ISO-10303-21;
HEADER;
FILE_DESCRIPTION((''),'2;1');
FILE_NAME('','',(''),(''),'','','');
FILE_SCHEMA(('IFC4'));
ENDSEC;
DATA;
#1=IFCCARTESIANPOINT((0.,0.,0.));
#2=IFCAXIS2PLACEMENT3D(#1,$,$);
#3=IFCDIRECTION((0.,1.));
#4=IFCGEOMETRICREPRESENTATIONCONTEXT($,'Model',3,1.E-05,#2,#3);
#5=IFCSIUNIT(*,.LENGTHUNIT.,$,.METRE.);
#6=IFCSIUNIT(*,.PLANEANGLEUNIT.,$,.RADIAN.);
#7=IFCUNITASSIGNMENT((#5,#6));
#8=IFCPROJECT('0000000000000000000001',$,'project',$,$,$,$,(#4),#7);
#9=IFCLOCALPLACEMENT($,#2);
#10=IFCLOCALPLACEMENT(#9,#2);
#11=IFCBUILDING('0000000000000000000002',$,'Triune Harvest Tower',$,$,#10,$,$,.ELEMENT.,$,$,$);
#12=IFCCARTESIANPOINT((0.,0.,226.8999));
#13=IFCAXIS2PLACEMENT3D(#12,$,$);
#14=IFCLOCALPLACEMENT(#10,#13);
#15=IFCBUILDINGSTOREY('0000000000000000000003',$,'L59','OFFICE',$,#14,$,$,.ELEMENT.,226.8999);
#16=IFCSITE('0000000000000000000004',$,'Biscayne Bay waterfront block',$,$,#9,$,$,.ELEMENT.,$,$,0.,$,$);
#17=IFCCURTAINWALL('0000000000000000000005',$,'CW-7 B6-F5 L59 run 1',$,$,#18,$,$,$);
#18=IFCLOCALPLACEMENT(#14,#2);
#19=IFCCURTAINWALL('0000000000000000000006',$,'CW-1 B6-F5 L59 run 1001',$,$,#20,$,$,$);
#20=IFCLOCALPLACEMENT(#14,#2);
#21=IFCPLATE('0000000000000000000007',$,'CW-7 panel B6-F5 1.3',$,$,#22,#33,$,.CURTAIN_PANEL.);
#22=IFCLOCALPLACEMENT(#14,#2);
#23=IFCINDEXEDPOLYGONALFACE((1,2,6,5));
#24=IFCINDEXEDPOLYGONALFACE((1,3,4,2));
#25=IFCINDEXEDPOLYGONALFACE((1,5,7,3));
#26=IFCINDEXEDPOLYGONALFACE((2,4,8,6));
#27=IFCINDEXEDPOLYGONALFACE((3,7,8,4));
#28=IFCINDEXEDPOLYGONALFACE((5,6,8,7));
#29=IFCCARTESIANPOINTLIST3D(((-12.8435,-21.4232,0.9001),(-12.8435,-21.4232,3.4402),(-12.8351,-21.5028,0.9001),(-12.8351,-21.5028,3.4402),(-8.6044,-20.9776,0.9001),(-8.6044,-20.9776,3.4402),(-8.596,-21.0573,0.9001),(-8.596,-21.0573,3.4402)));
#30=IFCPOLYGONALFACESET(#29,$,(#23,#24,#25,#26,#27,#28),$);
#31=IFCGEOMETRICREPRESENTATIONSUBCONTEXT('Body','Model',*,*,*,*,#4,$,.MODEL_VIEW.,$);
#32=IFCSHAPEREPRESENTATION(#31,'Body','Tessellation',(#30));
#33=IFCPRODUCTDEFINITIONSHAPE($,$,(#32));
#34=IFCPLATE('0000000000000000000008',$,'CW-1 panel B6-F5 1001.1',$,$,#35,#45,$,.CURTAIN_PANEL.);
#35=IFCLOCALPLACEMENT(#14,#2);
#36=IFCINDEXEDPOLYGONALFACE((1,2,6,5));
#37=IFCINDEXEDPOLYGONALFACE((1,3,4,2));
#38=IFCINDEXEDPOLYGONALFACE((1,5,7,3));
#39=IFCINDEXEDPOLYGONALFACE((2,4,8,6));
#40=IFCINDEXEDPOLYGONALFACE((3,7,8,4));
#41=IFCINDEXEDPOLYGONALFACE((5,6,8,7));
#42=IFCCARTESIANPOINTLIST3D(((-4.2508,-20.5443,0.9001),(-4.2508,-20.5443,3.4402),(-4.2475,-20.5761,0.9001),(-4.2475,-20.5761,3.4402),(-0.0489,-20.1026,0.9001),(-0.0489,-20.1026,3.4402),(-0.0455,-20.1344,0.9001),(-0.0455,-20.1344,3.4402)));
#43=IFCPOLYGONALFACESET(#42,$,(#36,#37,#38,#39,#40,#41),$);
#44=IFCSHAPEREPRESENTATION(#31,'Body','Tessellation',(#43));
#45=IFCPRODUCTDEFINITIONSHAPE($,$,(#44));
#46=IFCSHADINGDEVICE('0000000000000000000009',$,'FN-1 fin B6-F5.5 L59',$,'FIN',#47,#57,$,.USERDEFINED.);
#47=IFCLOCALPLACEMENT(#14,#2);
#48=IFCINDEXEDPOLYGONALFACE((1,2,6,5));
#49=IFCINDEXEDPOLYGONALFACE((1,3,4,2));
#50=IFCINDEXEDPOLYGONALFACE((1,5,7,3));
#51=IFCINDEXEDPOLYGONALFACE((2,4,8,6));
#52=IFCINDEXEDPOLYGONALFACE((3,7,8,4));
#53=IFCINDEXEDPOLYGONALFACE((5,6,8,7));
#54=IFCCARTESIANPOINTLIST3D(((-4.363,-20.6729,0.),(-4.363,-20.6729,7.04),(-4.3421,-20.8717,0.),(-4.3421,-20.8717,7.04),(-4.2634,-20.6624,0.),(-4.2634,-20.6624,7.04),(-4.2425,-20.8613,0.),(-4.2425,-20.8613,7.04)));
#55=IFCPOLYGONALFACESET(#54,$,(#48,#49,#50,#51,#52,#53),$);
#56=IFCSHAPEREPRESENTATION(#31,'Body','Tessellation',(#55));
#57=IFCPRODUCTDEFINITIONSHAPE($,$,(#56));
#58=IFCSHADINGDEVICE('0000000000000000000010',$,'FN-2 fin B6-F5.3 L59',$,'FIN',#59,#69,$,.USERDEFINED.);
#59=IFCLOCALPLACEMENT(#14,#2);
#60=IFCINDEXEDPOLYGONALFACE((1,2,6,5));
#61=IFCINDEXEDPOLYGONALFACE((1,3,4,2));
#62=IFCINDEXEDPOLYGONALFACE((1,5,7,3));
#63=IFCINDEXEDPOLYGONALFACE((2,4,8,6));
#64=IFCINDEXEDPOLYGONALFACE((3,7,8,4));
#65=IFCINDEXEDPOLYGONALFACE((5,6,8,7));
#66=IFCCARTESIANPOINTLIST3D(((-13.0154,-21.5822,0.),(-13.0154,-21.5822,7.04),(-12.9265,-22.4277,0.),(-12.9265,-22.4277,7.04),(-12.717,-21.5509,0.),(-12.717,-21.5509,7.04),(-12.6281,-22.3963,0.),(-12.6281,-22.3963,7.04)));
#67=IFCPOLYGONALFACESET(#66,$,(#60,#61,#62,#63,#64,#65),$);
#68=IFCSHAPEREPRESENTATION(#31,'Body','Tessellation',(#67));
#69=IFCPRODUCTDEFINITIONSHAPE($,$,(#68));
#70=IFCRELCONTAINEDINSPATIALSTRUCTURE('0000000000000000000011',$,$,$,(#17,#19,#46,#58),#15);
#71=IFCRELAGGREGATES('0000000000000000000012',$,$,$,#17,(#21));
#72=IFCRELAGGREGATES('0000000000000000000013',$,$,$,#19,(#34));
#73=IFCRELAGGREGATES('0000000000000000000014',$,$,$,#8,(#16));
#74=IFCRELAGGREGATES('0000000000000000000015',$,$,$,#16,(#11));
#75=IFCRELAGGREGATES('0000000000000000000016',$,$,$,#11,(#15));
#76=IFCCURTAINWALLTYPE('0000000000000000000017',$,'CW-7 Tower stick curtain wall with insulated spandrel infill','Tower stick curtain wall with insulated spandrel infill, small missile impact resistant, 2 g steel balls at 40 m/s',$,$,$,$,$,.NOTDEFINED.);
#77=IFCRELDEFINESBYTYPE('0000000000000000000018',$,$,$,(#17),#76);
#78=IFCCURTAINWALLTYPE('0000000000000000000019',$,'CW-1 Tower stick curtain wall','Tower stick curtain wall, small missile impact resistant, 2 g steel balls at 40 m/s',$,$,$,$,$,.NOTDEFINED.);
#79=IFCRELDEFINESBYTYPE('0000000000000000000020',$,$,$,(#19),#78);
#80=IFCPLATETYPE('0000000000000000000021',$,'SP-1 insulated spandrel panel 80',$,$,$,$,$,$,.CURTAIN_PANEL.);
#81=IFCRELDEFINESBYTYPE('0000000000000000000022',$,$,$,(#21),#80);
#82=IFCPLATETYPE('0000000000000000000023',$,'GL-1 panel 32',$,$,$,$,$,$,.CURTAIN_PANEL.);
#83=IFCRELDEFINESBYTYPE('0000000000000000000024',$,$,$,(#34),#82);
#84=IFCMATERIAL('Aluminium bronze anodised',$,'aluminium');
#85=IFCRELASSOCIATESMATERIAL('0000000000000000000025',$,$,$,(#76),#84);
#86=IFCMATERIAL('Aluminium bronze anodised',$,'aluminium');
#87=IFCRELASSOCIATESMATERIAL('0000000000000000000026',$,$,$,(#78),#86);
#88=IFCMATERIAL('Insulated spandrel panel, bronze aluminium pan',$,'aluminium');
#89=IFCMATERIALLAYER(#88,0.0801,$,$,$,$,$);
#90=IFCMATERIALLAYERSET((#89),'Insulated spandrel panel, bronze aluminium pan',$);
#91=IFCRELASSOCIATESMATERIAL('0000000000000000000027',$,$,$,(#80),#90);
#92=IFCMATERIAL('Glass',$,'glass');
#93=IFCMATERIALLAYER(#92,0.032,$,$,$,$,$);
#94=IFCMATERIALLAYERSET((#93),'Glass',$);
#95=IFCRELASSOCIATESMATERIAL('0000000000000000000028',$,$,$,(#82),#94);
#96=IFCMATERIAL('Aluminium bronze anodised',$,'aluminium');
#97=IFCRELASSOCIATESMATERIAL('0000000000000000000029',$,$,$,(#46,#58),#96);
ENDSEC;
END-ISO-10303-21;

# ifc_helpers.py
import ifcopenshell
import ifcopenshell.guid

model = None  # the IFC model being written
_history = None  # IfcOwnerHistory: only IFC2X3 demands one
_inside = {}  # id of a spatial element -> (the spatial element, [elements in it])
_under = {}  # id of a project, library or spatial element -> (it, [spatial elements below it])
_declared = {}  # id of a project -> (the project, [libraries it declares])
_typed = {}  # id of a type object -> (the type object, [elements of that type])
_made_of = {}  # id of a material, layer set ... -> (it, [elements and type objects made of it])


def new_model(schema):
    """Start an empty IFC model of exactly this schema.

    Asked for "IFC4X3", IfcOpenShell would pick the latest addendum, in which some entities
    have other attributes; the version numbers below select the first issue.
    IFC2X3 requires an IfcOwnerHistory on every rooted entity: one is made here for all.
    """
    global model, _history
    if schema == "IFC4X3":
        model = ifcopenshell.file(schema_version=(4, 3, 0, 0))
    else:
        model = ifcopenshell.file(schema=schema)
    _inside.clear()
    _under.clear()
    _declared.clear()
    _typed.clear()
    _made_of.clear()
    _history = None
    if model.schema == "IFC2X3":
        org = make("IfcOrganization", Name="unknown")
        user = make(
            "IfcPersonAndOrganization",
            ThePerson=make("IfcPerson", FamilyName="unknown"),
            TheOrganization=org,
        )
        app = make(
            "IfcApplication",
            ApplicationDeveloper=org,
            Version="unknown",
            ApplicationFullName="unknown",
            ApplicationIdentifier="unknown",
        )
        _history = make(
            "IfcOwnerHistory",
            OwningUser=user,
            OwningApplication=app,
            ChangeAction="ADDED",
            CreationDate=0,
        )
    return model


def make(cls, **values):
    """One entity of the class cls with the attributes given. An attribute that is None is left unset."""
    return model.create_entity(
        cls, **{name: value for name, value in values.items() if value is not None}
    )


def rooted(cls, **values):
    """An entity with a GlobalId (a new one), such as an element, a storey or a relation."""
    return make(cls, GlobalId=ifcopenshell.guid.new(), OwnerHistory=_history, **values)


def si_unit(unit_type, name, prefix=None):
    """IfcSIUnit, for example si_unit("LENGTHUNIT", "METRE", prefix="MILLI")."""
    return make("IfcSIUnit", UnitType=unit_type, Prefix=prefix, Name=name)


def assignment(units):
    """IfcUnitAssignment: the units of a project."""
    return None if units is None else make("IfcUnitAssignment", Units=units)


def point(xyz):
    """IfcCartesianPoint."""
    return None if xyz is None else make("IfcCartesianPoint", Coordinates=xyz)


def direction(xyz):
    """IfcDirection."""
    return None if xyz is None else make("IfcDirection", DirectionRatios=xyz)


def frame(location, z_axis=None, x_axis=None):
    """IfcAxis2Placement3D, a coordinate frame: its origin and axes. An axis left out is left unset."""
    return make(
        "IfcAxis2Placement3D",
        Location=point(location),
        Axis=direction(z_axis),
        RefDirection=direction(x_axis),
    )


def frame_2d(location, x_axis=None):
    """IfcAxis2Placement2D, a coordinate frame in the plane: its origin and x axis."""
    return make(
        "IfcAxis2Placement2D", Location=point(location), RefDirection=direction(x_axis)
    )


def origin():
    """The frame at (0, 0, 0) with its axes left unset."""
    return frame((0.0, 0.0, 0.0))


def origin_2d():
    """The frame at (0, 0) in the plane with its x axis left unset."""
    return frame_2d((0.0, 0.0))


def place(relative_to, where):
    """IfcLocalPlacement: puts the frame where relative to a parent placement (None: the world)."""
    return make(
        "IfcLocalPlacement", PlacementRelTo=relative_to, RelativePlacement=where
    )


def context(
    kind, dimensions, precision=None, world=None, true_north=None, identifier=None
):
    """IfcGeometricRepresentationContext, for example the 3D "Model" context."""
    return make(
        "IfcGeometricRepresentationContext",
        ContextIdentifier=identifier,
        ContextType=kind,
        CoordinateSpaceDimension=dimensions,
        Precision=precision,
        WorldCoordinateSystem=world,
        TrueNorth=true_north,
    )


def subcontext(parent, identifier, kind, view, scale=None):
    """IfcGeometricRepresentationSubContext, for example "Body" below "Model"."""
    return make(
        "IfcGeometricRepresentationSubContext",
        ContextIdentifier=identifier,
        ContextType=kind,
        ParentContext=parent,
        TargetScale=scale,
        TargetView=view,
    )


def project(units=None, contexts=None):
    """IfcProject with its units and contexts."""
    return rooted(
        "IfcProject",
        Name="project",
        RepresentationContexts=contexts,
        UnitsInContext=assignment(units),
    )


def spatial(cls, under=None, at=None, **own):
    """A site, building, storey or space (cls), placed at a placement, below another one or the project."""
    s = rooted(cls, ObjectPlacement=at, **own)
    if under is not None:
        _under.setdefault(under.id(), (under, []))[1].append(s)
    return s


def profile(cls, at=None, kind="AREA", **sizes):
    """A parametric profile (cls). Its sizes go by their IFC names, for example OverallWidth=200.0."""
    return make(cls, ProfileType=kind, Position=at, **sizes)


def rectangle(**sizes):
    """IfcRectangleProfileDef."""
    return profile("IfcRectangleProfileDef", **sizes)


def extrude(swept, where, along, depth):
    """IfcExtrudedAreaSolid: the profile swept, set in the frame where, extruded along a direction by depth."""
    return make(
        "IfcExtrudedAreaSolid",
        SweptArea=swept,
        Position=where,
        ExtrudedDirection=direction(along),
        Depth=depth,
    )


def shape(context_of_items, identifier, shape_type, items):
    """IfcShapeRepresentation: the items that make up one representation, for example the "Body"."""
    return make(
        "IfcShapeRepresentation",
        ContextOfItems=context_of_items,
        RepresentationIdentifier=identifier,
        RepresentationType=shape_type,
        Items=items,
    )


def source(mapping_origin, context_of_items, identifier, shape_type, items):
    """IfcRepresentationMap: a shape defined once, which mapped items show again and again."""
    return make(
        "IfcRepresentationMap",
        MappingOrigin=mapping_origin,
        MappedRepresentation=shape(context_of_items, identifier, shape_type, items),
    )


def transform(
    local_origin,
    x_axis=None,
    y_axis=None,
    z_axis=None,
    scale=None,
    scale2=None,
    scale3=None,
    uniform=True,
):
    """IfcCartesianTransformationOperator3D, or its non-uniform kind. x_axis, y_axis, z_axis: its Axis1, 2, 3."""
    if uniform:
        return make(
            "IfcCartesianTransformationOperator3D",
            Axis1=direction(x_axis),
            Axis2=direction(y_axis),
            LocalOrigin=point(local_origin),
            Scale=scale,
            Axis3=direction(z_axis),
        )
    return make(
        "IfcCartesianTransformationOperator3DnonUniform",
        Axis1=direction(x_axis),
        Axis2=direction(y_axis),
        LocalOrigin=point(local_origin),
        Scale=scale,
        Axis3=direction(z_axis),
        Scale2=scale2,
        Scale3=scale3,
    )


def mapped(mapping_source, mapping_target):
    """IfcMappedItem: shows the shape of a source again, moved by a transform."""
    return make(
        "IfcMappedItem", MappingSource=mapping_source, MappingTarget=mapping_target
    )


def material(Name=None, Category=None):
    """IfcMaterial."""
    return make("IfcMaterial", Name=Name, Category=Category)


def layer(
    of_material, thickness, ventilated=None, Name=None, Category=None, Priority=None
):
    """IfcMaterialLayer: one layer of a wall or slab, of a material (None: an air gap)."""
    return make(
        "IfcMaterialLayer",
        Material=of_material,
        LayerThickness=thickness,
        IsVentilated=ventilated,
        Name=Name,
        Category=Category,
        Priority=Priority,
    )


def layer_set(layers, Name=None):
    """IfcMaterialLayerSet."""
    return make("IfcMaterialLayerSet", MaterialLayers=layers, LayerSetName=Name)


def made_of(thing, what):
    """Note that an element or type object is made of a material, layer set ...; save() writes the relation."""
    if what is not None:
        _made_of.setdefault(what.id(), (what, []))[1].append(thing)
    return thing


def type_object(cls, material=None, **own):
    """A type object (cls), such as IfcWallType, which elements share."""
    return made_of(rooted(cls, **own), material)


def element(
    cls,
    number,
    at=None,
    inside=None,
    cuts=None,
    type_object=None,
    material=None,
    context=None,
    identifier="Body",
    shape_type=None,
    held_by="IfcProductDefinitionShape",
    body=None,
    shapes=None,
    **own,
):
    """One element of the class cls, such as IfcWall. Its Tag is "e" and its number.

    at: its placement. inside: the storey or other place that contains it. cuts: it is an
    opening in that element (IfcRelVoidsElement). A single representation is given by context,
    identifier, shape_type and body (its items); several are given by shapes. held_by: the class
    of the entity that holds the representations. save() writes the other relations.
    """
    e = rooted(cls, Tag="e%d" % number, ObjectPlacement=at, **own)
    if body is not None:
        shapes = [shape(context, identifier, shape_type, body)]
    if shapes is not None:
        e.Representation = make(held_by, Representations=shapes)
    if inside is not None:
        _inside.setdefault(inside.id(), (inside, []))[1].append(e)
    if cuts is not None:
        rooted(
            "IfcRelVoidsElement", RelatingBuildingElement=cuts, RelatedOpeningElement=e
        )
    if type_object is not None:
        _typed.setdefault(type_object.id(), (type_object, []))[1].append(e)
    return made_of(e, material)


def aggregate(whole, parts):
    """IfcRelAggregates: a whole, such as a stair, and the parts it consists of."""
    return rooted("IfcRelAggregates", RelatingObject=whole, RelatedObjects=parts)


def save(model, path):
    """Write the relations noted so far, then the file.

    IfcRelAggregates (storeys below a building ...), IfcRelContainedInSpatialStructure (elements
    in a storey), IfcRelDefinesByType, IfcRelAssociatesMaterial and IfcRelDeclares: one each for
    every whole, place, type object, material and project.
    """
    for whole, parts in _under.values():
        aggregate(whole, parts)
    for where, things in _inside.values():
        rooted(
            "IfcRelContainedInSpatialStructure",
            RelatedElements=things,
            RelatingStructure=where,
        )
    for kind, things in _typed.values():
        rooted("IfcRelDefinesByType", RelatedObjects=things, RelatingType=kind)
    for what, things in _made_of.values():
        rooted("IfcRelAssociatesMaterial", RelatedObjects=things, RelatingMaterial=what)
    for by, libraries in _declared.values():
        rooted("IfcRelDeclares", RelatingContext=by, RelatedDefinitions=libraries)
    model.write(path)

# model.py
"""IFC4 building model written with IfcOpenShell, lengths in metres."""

from ifc_helpers import new_model, si_unit, direction, frame, origin, origin_2d, place, context, subcontext, project, spatial, rectangle, extrude, source, transform, mapped, material, layer, layer_set, type_object, element, aggregate, save


model = new_model("IFC4")

# Units and contexts
model_context = context("Model", 3, precision=1e-05, world=origin(), true_north=direction((0.0, 1.0)))
body_context = subcontext(model_context, "Body", "Model", "MODEL_VIEW")
ifc_project = project(units=[si_unit("LENGTHUNIT", "METRE"), si_unit("PLANEANGLEUNIT", "RADIAN")], contexts=[model_context])

# Site, building, storey
site_placement = place(None, origin())
site = spatial("IfcSite", under=ifc_project, at=site_placement, Name="Biscayne Bay waterfront block", CompositionType="ELEMENT", RefElevation=0.0)
building_placement = place(site_placement, origin())
building = spatial("IfcBuilding", under=site, at=building_placement, Name="Triune Harvest Tower", CompositionType="ELEMENT")
storey_placement = place(building_placement, frame((0.0, 0.0, 226.8999)))
storey = spatial("IfcBuildingStorey", under=building, at=storey_placement, Name="L59", Description="OFFICE", CompositionType="ELEMENT", Elevation=226.8999)

# Curtain wall
ifc_material_1 = material(Name="Aluminium bronze anodised", Category="aluminium")
curtain_wall_type_1 = type_object("IfcCurtainWallType", Name="CW-7 Tower stick curtain wall with insulated spandrel infill", Description="Tower stick curtain wall with insulated spandrel infill, small missile impact resistant, 2 g steel balls at 40 m/s", PredefinedType="NOTDEFINED", material=ifc_material_1)
curtain_wall_1_placement = place(storey_placement, origin())
curtain_wall_1 = element("IfcCurtainWall", 1, at=curtain_wall_1_placement, inside=storey, type_object=curtain_wall_type_1, Name="CW-7 B6-F5 L59 run 1")

# Curtain wall
ifc_material_2 = material(Name="Aluminium bronze anodised", Category="aluminium")
curtain_wall_type_2 = type_object("IfcCurtainWallType", Name="CW-1 Tower stick curtain wall", Description="Tower stick curtain wall, small missile impact resistant, 2 g steel balls at 40 m/s", PredefinedType="NOTDEFINED", material=ifc_material_2)
curtain_wall_2_placement = place(storey_placement, origin())
curtain_wall_2 = element("IfcCurtainWall", 2, at=curtain_wall_2_placement, inside=storey, type_object=curtain_wall_type_2, Name="CW-1 B6-F5 L59 run 1001")

# Plates
ifc_material_3 = material(Name="Insulated spandrel panel, bronze aluminium pan", Category="aluminium")
ifc_layer_1 = layer(ifc_material_3, 0.0801)
ifc_layer_set_1 = layer_set([ifc_layer_1], Name="Insulated spandrel panel, bronze aluminium pan")
plate_type_1 = type_object("IfcPlateType", Name="SP-1 insulated spandrel panel 80", PredefinedType="CURTAIN_PANEL", material=ifc_layer_set_1)
shared_shape_1 = source(origin(), body_context, "Body", "SweptSolid", [
    extrude(rectangle(XDim=4.2625, YDim=0.0801, at=origin_2d()), origin(), (0.0, 0.0, 1.0), 2.54),
])
plate_1_placement = place(storey_placement, frame((-10.7197, -21.2402, 0.9001), z_axis=(0.0, 0.0, 1.0), x_axis=(0.994522, 0.104528, 0.0)))
plate_1 = element("IfcPlate", 3, at=plate_1_placement, type_object=plate_type_1, Name="CW-7 panel B6-F5 1.3", PredefinedType="CURTAIN_PANEL", context=body_context, shape_type="MappedRepresentation", body=[
    mapped(shared_shape_1, transform((0.0, 0.0, 0.0), scale=1.0)),
])
aggregate(curtain_wall_1, [plate_1])
ifc_material_4 = material(Name="Glass", Category="glass")
ifc_layer_2 = layer(ifc_material_4, 0.032)
ifc_layer_set_2 = layer_set([ifc_layer_2], Name="Glass")
plate_type_2 = type_object("IfcPlateType", Name="GL-1 panel 32", PredefinedType="CURTAIN_PANEL", material=ifc_layer_set_2)
shared_shape_2 = source(origin(), body_context, "Body", "SweptSolid", [
    extrude(rectangle(XDim=4.2251, YDim=0.032, at=origin_2d()), origin(), (0.0, 0.0, 1.0), 2.54),
])
plate_2_placement = place(storey_placement, frame((-2.1482, -20.3394, 0.9001), z_axis=(0.0, 0.0, 1.0), x_axis=(0.994521, 0.104535, 0.0)))
plate_2 = element("IfcPlate", 4, at=plate_2_placement, type_object=plate_type_2, Name="CW-1 panel B6-F5 1001.1", PredefinedType="CURTAIN_PANEL", context=body_context, shape_type="MappedRepresentation", body=[
    mapped(shared_shape_2, transform((0.0, 0.0, 0.0), scale=1.0)),
])
aggregate(curtain_wall_2, [plate_2])

# Shading devices
ifc_material_5 = material(Name="Aluminium bronze anodised", Category="aluminium")
shared_shape_3 = source(origin(), body_context, "Body", "SweptSolid", [
    extrude(rectangle(XDim=0.1001, YDim=0.2, at=origin_2d()), origin(), (0.0, 0.0, 1.0), 7.04),
])
shading_device_1_placement = place(storey_placement, frame((-4.3027, -20.7671, 0.0), z_axis=(0.0, 0.0, 1.0), x_axis=(0.994522, 0.10453, 0.0)))
element("IfcShadingDevice", 5, at=shading_device_1_placement, inside=storey, material=ifc_material_5, Name="FN-1 fin B6-F5.5 L59", ObjectType="FIN", PredefinedType="USERDEFINED", context=body_context, shape_type="MappedRepresentation", body=[
    mapped(shared_shape_3, transform((0.0, 0.0, 0.0), scale=1.0)),
])
shared_shape_4 = source(origin(), body_context, "Body", "SweptSolid", [
    extrude(rectangle(XDim=0.3, YDim=0.8501, at=origin_2d()), origin(), (0.0, 0.0, 1.0), 7.04),
])
shading_device_2_placement = place(storey_placement, frame((-12.8218, -21.9893, 0.0), z_axis=(0.0, 0.0, 1.0), x_axis=(0.994522, 0.10453, 0.0)))
element("IfcShadingDevice", 6, at=shading_device_2_placement, inside=storey, material=ifc_material_5, Name="FN-2 fin B6-F5.3 L59", ObjectType="FIN", PredefinedType="USERDEFINED", context=body_context, shape_type="MappedRepresentation", body=[
    mapped(shared_shape_4, transform((0.0, 0.0, 0.0), scale=1.0)),
])

save(model, "model.ifc")
